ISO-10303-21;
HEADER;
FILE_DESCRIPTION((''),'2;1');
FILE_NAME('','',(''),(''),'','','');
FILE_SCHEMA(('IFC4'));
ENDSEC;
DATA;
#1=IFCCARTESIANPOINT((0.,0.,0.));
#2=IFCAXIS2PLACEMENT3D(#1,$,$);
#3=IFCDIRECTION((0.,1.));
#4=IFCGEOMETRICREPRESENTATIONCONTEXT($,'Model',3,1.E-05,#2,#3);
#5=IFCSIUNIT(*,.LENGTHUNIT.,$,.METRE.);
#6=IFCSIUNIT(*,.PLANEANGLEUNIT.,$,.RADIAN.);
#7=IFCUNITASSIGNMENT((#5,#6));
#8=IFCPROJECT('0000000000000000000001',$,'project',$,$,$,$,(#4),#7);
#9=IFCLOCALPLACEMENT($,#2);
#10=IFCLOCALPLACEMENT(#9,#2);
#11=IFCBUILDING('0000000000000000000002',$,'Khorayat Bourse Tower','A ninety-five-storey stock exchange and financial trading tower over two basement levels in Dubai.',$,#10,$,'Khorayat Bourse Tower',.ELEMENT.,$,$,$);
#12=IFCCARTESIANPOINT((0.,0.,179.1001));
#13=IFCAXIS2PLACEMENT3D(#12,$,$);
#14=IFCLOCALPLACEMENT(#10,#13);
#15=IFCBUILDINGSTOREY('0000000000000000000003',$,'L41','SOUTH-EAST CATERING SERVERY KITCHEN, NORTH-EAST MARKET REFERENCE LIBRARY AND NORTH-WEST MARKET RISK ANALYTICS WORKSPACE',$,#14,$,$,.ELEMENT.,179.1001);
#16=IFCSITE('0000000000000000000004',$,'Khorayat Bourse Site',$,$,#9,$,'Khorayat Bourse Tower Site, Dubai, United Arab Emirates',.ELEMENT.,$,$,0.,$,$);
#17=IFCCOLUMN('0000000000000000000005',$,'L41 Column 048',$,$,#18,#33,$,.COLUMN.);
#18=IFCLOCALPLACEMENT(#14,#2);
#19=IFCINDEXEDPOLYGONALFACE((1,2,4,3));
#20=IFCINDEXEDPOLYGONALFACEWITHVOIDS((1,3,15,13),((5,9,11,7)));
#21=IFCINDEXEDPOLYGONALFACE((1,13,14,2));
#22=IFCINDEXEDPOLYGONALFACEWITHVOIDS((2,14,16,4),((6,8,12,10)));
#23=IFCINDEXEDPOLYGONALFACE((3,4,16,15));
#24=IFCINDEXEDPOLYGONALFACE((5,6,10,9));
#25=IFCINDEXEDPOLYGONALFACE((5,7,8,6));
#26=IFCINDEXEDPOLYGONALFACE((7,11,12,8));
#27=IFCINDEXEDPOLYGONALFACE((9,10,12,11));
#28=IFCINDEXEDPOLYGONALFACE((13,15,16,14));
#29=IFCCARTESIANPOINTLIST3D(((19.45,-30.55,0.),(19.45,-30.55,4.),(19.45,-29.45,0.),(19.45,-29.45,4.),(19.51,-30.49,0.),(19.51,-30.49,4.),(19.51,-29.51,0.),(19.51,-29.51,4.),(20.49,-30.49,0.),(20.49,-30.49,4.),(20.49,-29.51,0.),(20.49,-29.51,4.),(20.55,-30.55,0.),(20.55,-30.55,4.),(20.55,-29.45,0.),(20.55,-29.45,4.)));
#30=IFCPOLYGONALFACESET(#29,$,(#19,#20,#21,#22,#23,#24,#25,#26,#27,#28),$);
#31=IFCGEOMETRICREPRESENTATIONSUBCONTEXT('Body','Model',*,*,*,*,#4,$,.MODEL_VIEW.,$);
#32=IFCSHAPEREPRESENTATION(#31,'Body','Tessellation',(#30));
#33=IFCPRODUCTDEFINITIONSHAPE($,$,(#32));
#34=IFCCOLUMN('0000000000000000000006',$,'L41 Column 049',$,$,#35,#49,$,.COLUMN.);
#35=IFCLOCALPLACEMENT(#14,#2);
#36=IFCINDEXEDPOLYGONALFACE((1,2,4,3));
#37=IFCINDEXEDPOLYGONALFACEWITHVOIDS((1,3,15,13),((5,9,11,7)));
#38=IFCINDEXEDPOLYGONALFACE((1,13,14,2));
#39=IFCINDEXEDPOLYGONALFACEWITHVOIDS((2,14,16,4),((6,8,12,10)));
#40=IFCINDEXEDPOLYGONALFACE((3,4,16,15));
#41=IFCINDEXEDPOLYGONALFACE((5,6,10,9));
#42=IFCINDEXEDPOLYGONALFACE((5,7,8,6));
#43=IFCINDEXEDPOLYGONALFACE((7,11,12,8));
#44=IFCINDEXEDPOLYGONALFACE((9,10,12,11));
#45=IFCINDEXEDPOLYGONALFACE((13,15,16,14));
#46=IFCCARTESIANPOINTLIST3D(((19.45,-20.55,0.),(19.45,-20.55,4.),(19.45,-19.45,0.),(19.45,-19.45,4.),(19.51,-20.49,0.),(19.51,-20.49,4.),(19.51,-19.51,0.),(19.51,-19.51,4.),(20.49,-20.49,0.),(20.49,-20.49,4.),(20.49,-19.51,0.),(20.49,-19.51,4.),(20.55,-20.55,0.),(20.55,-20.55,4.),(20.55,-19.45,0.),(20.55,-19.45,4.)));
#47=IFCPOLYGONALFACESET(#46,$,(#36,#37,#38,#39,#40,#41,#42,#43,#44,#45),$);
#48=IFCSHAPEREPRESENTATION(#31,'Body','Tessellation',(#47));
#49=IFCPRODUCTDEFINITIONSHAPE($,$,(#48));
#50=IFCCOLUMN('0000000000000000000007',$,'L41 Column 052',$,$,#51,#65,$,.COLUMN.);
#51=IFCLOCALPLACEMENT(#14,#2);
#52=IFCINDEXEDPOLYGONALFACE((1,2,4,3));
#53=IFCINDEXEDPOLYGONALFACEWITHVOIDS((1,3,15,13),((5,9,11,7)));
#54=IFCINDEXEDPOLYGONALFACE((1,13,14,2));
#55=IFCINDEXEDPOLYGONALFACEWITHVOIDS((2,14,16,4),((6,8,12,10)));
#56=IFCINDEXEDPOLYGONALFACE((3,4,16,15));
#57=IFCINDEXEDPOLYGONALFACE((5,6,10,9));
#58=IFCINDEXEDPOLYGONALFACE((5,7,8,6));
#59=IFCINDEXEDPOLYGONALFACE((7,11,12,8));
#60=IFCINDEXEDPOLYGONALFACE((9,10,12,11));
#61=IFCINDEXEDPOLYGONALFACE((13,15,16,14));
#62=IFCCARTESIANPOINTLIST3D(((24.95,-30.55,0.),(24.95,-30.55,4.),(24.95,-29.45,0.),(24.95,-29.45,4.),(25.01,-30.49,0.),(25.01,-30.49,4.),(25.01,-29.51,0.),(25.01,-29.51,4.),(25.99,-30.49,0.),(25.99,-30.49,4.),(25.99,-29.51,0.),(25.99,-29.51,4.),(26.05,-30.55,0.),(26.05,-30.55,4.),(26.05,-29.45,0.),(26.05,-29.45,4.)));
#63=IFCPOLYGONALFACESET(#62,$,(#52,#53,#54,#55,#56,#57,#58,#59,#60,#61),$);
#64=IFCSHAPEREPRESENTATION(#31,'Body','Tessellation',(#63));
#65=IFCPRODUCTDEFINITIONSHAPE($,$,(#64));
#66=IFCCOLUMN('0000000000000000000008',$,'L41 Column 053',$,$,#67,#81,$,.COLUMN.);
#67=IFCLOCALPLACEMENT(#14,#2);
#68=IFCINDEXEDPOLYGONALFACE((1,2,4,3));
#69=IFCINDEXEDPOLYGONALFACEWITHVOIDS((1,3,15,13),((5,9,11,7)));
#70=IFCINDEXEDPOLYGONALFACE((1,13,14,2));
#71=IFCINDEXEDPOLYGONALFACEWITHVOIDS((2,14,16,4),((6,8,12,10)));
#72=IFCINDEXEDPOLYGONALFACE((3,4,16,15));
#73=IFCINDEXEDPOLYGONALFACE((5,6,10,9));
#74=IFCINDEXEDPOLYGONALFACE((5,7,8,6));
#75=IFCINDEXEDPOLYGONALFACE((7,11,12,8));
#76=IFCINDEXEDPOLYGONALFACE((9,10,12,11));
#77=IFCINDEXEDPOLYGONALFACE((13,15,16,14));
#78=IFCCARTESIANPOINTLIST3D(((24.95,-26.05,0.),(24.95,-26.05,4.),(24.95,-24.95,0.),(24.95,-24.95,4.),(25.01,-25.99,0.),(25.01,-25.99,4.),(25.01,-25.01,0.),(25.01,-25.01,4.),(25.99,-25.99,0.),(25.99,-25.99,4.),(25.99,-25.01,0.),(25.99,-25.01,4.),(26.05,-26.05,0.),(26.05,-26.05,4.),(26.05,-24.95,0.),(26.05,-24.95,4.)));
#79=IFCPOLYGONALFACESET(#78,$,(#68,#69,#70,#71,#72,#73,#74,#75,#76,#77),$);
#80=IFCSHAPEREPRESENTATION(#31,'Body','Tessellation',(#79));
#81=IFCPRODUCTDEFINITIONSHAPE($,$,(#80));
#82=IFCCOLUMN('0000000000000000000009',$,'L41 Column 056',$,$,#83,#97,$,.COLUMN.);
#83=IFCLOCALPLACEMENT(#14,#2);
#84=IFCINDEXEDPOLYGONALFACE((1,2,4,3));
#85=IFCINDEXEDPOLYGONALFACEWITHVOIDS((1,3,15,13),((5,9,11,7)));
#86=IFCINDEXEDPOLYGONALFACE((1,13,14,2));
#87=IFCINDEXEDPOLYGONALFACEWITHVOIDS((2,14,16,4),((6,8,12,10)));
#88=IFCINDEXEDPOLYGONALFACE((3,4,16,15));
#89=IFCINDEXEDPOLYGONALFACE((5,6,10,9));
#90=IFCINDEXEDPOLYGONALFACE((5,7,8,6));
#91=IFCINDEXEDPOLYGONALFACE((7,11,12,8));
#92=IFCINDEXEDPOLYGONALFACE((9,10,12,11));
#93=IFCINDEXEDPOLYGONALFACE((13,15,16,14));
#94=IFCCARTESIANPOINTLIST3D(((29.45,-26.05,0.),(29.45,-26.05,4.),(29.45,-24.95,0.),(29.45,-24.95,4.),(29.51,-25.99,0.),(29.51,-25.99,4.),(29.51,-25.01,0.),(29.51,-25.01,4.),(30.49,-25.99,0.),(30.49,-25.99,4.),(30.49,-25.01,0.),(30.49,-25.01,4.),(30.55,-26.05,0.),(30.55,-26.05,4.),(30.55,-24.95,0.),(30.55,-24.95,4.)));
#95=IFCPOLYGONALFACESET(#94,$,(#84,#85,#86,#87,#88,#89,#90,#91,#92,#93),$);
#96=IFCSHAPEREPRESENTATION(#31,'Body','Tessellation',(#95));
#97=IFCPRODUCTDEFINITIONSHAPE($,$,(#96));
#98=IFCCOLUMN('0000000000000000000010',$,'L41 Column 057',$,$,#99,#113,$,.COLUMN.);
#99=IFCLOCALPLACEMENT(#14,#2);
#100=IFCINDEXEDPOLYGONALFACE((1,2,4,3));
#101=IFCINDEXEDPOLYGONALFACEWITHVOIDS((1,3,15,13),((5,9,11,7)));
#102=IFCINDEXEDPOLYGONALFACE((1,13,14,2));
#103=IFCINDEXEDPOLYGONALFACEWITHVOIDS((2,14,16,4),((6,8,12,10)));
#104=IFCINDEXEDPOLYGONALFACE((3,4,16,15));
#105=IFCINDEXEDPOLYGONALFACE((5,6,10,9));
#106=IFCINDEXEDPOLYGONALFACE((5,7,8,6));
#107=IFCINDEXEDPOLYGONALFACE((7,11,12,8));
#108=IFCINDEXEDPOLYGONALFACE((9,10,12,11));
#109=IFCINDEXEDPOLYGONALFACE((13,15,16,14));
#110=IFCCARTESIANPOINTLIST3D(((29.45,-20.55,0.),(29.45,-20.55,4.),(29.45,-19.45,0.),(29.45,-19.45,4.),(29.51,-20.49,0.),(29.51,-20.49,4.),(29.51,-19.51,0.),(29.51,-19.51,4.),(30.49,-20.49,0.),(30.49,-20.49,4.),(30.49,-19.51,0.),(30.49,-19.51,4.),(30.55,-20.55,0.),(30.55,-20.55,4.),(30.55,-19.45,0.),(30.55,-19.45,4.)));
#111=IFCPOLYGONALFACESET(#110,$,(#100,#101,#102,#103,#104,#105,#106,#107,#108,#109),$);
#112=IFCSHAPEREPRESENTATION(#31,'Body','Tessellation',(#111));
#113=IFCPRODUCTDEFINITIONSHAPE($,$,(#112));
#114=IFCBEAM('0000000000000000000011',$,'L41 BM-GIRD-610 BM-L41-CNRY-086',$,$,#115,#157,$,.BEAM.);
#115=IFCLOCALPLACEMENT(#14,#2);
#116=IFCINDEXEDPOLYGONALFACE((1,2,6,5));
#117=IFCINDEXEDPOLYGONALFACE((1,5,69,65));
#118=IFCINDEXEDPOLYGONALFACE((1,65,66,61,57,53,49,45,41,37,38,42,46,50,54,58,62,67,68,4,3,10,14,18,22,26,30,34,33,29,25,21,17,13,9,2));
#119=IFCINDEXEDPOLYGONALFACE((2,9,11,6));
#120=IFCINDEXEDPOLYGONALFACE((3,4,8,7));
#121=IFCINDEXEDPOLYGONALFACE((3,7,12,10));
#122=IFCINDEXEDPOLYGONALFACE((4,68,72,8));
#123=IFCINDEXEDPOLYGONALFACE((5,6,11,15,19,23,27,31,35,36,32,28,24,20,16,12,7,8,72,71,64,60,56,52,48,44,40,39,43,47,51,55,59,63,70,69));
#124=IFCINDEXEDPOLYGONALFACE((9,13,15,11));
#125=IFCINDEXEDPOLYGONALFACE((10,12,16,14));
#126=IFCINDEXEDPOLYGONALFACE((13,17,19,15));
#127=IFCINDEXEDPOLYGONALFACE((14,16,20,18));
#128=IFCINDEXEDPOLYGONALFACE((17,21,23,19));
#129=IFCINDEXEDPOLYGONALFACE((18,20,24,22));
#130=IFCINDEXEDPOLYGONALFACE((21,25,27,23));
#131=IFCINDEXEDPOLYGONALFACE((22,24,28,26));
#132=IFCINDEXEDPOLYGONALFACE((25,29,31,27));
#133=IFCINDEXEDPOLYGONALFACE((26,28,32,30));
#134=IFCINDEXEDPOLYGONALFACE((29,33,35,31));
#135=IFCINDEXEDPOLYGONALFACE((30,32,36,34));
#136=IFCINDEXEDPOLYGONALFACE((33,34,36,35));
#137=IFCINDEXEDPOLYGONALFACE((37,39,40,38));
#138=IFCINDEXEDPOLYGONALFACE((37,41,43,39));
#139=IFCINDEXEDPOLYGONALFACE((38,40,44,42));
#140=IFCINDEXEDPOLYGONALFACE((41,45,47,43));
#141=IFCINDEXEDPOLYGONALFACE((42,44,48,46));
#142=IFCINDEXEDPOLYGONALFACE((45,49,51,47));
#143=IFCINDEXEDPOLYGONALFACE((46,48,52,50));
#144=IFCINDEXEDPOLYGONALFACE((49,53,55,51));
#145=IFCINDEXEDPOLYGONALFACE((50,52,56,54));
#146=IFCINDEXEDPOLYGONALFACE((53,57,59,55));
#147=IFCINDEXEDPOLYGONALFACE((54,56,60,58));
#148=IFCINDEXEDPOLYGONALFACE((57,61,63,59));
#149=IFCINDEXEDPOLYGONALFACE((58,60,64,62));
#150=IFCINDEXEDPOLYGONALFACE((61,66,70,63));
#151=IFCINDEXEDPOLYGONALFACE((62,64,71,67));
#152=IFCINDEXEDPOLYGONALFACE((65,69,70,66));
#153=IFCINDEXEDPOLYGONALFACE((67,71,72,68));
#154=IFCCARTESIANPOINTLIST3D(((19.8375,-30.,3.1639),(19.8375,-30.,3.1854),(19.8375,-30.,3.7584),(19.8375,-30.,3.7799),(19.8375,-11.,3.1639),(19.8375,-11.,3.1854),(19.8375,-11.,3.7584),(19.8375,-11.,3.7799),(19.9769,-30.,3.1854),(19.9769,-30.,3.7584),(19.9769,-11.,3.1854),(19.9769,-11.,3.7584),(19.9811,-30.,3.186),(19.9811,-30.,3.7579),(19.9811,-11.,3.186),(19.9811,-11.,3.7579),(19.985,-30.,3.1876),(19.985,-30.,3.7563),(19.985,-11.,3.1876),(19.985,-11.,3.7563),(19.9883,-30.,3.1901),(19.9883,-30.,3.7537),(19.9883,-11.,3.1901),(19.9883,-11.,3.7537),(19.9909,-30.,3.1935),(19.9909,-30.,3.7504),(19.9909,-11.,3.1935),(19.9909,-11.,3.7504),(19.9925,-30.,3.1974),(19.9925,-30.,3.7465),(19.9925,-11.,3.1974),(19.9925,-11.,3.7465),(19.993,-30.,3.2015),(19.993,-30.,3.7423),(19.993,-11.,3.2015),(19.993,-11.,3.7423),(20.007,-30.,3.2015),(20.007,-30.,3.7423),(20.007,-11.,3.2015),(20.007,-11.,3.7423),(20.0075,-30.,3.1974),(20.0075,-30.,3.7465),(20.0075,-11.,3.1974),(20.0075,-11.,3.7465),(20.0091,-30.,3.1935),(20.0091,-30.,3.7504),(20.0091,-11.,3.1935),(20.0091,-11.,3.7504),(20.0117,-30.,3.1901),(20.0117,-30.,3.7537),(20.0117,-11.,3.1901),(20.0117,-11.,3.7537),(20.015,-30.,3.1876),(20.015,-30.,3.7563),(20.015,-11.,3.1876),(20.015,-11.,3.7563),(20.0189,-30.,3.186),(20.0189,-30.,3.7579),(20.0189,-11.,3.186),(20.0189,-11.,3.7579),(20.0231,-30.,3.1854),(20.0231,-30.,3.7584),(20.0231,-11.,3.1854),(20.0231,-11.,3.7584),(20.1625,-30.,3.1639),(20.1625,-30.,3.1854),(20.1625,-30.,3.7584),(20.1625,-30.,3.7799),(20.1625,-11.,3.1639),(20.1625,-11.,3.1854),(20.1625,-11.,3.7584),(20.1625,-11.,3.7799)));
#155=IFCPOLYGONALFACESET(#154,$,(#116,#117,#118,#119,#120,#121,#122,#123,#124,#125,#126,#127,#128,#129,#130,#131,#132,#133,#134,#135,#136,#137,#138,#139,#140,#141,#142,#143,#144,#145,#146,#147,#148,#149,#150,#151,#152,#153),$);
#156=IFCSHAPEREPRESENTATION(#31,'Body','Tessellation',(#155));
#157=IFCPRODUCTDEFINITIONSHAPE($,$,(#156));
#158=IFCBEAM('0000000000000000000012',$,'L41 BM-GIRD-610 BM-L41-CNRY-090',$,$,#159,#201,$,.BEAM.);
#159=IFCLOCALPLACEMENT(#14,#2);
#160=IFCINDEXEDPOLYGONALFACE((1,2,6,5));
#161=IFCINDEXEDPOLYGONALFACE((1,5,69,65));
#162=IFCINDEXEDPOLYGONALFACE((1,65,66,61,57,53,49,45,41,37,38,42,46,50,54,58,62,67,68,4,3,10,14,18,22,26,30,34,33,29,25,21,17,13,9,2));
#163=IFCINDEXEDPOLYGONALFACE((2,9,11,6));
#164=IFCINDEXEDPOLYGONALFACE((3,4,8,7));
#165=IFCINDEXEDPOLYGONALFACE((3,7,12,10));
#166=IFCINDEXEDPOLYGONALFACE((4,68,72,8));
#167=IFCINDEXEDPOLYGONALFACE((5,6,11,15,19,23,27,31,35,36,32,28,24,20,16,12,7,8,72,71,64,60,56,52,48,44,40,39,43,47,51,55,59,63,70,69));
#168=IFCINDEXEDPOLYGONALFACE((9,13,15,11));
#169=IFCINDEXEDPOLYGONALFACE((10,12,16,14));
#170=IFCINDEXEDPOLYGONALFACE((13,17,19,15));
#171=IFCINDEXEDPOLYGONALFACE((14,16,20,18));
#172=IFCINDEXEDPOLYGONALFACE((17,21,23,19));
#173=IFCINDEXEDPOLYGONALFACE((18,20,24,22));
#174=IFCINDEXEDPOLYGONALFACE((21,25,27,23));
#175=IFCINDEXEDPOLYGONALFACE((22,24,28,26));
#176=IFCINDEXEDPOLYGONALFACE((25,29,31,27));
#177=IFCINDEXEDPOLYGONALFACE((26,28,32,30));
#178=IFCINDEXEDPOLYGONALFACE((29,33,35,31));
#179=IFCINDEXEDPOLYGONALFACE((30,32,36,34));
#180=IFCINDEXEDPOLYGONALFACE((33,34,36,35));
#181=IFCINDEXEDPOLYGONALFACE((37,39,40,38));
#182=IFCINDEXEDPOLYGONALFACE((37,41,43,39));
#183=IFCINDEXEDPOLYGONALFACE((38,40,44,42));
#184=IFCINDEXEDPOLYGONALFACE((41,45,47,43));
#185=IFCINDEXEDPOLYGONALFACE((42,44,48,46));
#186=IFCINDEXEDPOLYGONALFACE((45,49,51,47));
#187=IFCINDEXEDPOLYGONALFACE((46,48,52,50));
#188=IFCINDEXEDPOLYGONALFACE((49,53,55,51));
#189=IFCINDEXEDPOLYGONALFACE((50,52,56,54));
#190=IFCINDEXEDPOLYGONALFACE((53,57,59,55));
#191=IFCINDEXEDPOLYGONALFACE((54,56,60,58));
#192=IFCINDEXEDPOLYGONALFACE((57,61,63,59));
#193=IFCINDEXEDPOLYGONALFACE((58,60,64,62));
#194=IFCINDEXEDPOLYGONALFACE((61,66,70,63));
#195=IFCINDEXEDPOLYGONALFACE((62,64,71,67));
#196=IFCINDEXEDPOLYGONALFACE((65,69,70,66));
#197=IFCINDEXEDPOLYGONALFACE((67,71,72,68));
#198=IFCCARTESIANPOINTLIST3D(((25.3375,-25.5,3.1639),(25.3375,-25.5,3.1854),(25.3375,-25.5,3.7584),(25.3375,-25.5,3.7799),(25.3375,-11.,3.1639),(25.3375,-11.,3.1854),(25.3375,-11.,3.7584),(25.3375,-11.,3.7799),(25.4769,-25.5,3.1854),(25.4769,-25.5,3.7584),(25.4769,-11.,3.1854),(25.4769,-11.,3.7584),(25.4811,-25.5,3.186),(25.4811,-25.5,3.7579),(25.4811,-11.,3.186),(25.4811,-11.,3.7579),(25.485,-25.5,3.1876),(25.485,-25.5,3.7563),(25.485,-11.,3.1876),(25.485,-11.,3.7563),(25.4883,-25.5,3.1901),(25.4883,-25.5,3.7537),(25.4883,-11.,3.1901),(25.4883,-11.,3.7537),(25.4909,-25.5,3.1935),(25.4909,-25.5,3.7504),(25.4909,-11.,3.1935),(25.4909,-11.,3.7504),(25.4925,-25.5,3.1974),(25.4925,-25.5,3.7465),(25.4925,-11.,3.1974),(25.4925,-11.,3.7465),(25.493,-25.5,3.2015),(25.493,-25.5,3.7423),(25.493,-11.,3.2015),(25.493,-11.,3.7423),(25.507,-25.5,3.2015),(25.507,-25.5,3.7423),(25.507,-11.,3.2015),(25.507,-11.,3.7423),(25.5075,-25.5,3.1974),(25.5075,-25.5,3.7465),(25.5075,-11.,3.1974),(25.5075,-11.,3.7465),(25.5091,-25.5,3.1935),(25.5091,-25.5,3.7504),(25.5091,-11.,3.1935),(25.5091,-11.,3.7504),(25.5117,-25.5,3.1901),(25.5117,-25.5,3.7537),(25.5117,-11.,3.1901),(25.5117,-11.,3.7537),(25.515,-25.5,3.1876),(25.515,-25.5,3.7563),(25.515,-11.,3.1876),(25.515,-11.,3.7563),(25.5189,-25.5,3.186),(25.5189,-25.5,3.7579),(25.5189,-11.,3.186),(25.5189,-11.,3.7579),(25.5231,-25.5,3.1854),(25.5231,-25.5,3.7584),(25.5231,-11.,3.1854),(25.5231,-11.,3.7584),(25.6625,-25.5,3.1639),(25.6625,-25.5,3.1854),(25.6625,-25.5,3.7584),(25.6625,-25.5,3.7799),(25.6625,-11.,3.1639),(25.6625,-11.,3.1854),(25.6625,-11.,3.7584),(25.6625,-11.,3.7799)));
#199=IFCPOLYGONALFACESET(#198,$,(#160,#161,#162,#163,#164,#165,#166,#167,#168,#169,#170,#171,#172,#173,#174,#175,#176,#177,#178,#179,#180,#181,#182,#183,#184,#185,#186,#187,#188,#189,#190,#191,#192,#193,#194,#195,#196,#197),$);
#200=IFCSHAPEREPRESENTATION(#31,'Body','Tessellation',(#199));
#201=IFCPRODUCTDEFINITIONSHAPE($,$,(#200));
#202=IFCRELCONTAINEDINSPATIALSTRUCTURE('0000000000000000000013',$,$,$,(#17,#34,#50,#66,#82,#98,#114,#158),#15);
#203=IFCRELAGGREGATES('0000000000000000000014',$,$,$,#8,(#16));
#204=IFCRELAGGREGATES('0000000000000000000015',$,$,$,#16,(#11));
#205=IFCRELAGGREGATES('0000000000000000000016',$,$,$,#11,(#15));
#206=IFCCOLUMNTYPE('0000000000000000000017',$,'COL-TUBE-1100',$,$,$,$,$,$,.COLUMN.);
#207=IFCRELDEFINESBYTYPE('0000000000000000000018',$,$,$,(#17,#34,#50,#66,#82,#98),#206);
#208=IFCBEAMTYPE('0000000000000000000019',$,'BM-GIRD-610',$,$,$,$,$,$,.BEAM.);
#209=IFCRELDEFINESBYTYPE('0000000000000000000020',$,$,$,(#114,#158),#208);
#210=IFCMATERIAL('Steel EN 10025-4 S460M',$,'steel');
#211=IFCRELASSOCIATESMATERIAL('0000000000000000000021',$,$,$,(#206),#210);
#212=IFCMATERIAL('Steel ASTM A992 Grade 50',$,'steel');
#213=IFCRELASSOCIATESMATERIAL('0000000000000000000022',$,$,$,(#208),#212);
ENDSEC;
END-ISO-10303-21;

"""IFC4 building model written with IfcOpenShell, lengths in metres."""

from ifc_helpers import new_model, si_unit, direction, frame, origin, origin_2d, place, context, subcontext, project, spatial, hollow_rectangle, i_section, extrude, source, transform, mapped, material, material_profile, profile_set, type_object, element, save


model = new_model("IFC4")

# Units and contexts
model_context = context("Model", 3, precision=1e-05, world=origin(), true_north=direction((0.0, 1.0)))
body_context = subcontext(model_context, "Body", "Model", "MODEL_VIEW")
ifc_project = project(units=[si_unit("LENGTHUNIT", "METRE"), si_unit("PLANEANGLEUNIT", "RADIAN")], contexts=[model_context])

# Site, building, storey
site_placement = place(None, origin())
site = spatial("IfcSite", under=ifc_project, at=site_placement, Name="Khorayat Bourse Site", LongName="Khorayat Bourse Tower Site, Dubai, United Arab Emirates", CompositionType="ELEMENT", RefElevation=0.0)
building_placement = place(site_placement, origin())
building = spatial("IfcBuilding", under=site, at=building_placement, Name="Khorayat Bourse Tower", Description="A ninety-five-storey stock exchange and financial trading tower over two basement levels in Dubai.", LongName="Khorayat Bourse Tower", CompositionType="ELEMENT")
storey_placement = place(building_placement, frame((0.0, 0.0, 179.1001)))
storey = spatial("IfcBuildingStorey", under=building, at=storey_placement, Name="L41", Description="SOUTH-EAST CATERING SERVERY KITCHEN, NORTH-EAST MARKET REFERENCE LIBRARY AND NORTH-WEST MARKET RISK ANALYTICS WORKSPACE", CompositionType="ELEMENT", Elevation=179.1001)

# Columns
ifc_material_1 = material(Name="Steel EN 10025-4 S460M", Category="steel")
ifc_material_profile_1 = material_profile(ifc_material_1, hollow_rectangle(XDim=1.1001, YDim=1.1001, WallThickness=0.0601, at=origin_2d()), Name="BOX 1100x1100x60")
ifc_profile_set_1 = profile_set([ifc_material_profile_1], Name="Steel EN 10025-4 S460M")
column_type = type_object("IfcColumnType", Name="COL-TUBE-1100", PredefinedType="COLUMN", material=ifc_profile_set_1)
shared_shape_1 = source(origin(), body_context, "Body", "SweptSolid", [
    extrude(hollow_rectangle(XDim=1.1001, YDim=1.1001, WallThickness=0.0601, at=origin_2d()), origin(), (0.0, 0.0, 1.0), 4.0),
])
for number, where, z_axis, x_axis, name in (
    (1, (20.0, -30.0, 0.0), (0.0, 0.0, 1.0), (1.0, 0.0, 0.0), "L41 Column 048"),
    (2, (20.0, -20.0, 0.0), (0.0, 0.0, 1.0), (1.0, 0.0, 0.0), "L41 Column 049"),
    (3, (25.5, -30.0, 0.0), (0.0, 0.0, 1.0), (1.0, 0.0, 0.0), "L41 Column 052"),
    (4, (25.5, -25.5, 0.0), (0.0, 0.0, 1.0), (1.0, 0.0, 0.0), "L41 Column 053"),
    (5, (30.0, -25.5, 0.0), (0.0, 0.0, 1.0), (1.0, 0.0, 0.0), "L41 Column 056"),
    (6, (30.0, -20.0, 0.0), (0.0, 0.0, 1.0), (1.0, 0.0, 0.0), "L41 Column 057"),
):
    element("IfcColumn", number, at=place(storey_placement, frame(where, z_axis=z_axis, x_axis=x_axis)), inside=storey, type_object=column_type, Name=name, PredefinedType="COLUMN", context=body_context, shape_type="MappedRepresentation", body=[
        mapped(shared_shape_1, transform((0.0, 0.0, 0.0), scale=1.0)),
    ])

# Beams
ifc_material_2 = material(Name="Steel ASTM A992 Grade 50", Category="steel")
ifc_material_profile_2 = material_profile(ifc_material_2, i_section(OverallWidth=0.325, OverallDepth=0.616, WebThickness=0.0139, FlangeThickness=0.0215, FilletRadius=0.0161, at=origin_2d()), Name="W610X174")
ifc_profile_set_2 = profile_set([ifc_material_profile_2], Name="Steel ASTM A992 Grade 50")
beam_type_1 = type_object("IfcBeamType", Name="BM-GIRD-610", PredefinedType="BEAM", material=ifc_profile_set_2)
shared_shape_2 = source(origin(), body_context, "Body", "SweptSolid", [
    extrude(i_section(OverallWidth=0.325, OverallDepth=0.616, WebThickness=0.0139, FlangeThickness=0.0215, FilletRadius=0.0161, at=origin_2d()), origin(), (0.0, 0.0, 1.0), 19.0),
])
beam_1_placement = place(storey_placement, frame((20.0, -30.0, 3.4719), z_axis=(0.0, 1.0, 0.0), x_axis=(-1.0, 0.0, 0.0)))
element("IfcBeam", 7, at=beam_1_placement, inside=storey, type_object=beam_type_1, Name="L41 BM-GIRD-610 BM-L41-CNRY-086", PredefinedType="BEAM", context=body_context, shape_type="MappedRepresentation", body=[
    mapped(shared_shape_2, transform((0.0, 0.0, 0.0), scale=1.0)),
])
shared_shape_3 = source(origin(), body_context, "Body", "SweptSolid", [
    extrude(i_section(OverallWidth=0.325, OverallDepth=0.616, WebThickness=0.0139, FlangeThickness=0.0215, FilletRadius=0.0161, at=origin_2d()), origin(), (0.0, 0.0, 1.0), 14.5),
])
beam_2_placement = place(storey_placement, frame((25.5, -25.5, 3.4719), z_axis=(0.0, 1.0, 0.0), x_axis=(-1.0, 0.0, 0.0)))
element("IfcBeam", 8, at=beam_2_placement, inside=storey, type_object=beam_type_1, Name="L41 BM-GIRD-610 BM-L41-CNRY-090", PredefinedType="BEAM", context=body_context, shape_type="MappedRepresentation", body=[
    mapped(shared_shape_3, transform((0.0, 0.0, 0.0), scale=1.0)),
])

save(model, "model.ifc")
